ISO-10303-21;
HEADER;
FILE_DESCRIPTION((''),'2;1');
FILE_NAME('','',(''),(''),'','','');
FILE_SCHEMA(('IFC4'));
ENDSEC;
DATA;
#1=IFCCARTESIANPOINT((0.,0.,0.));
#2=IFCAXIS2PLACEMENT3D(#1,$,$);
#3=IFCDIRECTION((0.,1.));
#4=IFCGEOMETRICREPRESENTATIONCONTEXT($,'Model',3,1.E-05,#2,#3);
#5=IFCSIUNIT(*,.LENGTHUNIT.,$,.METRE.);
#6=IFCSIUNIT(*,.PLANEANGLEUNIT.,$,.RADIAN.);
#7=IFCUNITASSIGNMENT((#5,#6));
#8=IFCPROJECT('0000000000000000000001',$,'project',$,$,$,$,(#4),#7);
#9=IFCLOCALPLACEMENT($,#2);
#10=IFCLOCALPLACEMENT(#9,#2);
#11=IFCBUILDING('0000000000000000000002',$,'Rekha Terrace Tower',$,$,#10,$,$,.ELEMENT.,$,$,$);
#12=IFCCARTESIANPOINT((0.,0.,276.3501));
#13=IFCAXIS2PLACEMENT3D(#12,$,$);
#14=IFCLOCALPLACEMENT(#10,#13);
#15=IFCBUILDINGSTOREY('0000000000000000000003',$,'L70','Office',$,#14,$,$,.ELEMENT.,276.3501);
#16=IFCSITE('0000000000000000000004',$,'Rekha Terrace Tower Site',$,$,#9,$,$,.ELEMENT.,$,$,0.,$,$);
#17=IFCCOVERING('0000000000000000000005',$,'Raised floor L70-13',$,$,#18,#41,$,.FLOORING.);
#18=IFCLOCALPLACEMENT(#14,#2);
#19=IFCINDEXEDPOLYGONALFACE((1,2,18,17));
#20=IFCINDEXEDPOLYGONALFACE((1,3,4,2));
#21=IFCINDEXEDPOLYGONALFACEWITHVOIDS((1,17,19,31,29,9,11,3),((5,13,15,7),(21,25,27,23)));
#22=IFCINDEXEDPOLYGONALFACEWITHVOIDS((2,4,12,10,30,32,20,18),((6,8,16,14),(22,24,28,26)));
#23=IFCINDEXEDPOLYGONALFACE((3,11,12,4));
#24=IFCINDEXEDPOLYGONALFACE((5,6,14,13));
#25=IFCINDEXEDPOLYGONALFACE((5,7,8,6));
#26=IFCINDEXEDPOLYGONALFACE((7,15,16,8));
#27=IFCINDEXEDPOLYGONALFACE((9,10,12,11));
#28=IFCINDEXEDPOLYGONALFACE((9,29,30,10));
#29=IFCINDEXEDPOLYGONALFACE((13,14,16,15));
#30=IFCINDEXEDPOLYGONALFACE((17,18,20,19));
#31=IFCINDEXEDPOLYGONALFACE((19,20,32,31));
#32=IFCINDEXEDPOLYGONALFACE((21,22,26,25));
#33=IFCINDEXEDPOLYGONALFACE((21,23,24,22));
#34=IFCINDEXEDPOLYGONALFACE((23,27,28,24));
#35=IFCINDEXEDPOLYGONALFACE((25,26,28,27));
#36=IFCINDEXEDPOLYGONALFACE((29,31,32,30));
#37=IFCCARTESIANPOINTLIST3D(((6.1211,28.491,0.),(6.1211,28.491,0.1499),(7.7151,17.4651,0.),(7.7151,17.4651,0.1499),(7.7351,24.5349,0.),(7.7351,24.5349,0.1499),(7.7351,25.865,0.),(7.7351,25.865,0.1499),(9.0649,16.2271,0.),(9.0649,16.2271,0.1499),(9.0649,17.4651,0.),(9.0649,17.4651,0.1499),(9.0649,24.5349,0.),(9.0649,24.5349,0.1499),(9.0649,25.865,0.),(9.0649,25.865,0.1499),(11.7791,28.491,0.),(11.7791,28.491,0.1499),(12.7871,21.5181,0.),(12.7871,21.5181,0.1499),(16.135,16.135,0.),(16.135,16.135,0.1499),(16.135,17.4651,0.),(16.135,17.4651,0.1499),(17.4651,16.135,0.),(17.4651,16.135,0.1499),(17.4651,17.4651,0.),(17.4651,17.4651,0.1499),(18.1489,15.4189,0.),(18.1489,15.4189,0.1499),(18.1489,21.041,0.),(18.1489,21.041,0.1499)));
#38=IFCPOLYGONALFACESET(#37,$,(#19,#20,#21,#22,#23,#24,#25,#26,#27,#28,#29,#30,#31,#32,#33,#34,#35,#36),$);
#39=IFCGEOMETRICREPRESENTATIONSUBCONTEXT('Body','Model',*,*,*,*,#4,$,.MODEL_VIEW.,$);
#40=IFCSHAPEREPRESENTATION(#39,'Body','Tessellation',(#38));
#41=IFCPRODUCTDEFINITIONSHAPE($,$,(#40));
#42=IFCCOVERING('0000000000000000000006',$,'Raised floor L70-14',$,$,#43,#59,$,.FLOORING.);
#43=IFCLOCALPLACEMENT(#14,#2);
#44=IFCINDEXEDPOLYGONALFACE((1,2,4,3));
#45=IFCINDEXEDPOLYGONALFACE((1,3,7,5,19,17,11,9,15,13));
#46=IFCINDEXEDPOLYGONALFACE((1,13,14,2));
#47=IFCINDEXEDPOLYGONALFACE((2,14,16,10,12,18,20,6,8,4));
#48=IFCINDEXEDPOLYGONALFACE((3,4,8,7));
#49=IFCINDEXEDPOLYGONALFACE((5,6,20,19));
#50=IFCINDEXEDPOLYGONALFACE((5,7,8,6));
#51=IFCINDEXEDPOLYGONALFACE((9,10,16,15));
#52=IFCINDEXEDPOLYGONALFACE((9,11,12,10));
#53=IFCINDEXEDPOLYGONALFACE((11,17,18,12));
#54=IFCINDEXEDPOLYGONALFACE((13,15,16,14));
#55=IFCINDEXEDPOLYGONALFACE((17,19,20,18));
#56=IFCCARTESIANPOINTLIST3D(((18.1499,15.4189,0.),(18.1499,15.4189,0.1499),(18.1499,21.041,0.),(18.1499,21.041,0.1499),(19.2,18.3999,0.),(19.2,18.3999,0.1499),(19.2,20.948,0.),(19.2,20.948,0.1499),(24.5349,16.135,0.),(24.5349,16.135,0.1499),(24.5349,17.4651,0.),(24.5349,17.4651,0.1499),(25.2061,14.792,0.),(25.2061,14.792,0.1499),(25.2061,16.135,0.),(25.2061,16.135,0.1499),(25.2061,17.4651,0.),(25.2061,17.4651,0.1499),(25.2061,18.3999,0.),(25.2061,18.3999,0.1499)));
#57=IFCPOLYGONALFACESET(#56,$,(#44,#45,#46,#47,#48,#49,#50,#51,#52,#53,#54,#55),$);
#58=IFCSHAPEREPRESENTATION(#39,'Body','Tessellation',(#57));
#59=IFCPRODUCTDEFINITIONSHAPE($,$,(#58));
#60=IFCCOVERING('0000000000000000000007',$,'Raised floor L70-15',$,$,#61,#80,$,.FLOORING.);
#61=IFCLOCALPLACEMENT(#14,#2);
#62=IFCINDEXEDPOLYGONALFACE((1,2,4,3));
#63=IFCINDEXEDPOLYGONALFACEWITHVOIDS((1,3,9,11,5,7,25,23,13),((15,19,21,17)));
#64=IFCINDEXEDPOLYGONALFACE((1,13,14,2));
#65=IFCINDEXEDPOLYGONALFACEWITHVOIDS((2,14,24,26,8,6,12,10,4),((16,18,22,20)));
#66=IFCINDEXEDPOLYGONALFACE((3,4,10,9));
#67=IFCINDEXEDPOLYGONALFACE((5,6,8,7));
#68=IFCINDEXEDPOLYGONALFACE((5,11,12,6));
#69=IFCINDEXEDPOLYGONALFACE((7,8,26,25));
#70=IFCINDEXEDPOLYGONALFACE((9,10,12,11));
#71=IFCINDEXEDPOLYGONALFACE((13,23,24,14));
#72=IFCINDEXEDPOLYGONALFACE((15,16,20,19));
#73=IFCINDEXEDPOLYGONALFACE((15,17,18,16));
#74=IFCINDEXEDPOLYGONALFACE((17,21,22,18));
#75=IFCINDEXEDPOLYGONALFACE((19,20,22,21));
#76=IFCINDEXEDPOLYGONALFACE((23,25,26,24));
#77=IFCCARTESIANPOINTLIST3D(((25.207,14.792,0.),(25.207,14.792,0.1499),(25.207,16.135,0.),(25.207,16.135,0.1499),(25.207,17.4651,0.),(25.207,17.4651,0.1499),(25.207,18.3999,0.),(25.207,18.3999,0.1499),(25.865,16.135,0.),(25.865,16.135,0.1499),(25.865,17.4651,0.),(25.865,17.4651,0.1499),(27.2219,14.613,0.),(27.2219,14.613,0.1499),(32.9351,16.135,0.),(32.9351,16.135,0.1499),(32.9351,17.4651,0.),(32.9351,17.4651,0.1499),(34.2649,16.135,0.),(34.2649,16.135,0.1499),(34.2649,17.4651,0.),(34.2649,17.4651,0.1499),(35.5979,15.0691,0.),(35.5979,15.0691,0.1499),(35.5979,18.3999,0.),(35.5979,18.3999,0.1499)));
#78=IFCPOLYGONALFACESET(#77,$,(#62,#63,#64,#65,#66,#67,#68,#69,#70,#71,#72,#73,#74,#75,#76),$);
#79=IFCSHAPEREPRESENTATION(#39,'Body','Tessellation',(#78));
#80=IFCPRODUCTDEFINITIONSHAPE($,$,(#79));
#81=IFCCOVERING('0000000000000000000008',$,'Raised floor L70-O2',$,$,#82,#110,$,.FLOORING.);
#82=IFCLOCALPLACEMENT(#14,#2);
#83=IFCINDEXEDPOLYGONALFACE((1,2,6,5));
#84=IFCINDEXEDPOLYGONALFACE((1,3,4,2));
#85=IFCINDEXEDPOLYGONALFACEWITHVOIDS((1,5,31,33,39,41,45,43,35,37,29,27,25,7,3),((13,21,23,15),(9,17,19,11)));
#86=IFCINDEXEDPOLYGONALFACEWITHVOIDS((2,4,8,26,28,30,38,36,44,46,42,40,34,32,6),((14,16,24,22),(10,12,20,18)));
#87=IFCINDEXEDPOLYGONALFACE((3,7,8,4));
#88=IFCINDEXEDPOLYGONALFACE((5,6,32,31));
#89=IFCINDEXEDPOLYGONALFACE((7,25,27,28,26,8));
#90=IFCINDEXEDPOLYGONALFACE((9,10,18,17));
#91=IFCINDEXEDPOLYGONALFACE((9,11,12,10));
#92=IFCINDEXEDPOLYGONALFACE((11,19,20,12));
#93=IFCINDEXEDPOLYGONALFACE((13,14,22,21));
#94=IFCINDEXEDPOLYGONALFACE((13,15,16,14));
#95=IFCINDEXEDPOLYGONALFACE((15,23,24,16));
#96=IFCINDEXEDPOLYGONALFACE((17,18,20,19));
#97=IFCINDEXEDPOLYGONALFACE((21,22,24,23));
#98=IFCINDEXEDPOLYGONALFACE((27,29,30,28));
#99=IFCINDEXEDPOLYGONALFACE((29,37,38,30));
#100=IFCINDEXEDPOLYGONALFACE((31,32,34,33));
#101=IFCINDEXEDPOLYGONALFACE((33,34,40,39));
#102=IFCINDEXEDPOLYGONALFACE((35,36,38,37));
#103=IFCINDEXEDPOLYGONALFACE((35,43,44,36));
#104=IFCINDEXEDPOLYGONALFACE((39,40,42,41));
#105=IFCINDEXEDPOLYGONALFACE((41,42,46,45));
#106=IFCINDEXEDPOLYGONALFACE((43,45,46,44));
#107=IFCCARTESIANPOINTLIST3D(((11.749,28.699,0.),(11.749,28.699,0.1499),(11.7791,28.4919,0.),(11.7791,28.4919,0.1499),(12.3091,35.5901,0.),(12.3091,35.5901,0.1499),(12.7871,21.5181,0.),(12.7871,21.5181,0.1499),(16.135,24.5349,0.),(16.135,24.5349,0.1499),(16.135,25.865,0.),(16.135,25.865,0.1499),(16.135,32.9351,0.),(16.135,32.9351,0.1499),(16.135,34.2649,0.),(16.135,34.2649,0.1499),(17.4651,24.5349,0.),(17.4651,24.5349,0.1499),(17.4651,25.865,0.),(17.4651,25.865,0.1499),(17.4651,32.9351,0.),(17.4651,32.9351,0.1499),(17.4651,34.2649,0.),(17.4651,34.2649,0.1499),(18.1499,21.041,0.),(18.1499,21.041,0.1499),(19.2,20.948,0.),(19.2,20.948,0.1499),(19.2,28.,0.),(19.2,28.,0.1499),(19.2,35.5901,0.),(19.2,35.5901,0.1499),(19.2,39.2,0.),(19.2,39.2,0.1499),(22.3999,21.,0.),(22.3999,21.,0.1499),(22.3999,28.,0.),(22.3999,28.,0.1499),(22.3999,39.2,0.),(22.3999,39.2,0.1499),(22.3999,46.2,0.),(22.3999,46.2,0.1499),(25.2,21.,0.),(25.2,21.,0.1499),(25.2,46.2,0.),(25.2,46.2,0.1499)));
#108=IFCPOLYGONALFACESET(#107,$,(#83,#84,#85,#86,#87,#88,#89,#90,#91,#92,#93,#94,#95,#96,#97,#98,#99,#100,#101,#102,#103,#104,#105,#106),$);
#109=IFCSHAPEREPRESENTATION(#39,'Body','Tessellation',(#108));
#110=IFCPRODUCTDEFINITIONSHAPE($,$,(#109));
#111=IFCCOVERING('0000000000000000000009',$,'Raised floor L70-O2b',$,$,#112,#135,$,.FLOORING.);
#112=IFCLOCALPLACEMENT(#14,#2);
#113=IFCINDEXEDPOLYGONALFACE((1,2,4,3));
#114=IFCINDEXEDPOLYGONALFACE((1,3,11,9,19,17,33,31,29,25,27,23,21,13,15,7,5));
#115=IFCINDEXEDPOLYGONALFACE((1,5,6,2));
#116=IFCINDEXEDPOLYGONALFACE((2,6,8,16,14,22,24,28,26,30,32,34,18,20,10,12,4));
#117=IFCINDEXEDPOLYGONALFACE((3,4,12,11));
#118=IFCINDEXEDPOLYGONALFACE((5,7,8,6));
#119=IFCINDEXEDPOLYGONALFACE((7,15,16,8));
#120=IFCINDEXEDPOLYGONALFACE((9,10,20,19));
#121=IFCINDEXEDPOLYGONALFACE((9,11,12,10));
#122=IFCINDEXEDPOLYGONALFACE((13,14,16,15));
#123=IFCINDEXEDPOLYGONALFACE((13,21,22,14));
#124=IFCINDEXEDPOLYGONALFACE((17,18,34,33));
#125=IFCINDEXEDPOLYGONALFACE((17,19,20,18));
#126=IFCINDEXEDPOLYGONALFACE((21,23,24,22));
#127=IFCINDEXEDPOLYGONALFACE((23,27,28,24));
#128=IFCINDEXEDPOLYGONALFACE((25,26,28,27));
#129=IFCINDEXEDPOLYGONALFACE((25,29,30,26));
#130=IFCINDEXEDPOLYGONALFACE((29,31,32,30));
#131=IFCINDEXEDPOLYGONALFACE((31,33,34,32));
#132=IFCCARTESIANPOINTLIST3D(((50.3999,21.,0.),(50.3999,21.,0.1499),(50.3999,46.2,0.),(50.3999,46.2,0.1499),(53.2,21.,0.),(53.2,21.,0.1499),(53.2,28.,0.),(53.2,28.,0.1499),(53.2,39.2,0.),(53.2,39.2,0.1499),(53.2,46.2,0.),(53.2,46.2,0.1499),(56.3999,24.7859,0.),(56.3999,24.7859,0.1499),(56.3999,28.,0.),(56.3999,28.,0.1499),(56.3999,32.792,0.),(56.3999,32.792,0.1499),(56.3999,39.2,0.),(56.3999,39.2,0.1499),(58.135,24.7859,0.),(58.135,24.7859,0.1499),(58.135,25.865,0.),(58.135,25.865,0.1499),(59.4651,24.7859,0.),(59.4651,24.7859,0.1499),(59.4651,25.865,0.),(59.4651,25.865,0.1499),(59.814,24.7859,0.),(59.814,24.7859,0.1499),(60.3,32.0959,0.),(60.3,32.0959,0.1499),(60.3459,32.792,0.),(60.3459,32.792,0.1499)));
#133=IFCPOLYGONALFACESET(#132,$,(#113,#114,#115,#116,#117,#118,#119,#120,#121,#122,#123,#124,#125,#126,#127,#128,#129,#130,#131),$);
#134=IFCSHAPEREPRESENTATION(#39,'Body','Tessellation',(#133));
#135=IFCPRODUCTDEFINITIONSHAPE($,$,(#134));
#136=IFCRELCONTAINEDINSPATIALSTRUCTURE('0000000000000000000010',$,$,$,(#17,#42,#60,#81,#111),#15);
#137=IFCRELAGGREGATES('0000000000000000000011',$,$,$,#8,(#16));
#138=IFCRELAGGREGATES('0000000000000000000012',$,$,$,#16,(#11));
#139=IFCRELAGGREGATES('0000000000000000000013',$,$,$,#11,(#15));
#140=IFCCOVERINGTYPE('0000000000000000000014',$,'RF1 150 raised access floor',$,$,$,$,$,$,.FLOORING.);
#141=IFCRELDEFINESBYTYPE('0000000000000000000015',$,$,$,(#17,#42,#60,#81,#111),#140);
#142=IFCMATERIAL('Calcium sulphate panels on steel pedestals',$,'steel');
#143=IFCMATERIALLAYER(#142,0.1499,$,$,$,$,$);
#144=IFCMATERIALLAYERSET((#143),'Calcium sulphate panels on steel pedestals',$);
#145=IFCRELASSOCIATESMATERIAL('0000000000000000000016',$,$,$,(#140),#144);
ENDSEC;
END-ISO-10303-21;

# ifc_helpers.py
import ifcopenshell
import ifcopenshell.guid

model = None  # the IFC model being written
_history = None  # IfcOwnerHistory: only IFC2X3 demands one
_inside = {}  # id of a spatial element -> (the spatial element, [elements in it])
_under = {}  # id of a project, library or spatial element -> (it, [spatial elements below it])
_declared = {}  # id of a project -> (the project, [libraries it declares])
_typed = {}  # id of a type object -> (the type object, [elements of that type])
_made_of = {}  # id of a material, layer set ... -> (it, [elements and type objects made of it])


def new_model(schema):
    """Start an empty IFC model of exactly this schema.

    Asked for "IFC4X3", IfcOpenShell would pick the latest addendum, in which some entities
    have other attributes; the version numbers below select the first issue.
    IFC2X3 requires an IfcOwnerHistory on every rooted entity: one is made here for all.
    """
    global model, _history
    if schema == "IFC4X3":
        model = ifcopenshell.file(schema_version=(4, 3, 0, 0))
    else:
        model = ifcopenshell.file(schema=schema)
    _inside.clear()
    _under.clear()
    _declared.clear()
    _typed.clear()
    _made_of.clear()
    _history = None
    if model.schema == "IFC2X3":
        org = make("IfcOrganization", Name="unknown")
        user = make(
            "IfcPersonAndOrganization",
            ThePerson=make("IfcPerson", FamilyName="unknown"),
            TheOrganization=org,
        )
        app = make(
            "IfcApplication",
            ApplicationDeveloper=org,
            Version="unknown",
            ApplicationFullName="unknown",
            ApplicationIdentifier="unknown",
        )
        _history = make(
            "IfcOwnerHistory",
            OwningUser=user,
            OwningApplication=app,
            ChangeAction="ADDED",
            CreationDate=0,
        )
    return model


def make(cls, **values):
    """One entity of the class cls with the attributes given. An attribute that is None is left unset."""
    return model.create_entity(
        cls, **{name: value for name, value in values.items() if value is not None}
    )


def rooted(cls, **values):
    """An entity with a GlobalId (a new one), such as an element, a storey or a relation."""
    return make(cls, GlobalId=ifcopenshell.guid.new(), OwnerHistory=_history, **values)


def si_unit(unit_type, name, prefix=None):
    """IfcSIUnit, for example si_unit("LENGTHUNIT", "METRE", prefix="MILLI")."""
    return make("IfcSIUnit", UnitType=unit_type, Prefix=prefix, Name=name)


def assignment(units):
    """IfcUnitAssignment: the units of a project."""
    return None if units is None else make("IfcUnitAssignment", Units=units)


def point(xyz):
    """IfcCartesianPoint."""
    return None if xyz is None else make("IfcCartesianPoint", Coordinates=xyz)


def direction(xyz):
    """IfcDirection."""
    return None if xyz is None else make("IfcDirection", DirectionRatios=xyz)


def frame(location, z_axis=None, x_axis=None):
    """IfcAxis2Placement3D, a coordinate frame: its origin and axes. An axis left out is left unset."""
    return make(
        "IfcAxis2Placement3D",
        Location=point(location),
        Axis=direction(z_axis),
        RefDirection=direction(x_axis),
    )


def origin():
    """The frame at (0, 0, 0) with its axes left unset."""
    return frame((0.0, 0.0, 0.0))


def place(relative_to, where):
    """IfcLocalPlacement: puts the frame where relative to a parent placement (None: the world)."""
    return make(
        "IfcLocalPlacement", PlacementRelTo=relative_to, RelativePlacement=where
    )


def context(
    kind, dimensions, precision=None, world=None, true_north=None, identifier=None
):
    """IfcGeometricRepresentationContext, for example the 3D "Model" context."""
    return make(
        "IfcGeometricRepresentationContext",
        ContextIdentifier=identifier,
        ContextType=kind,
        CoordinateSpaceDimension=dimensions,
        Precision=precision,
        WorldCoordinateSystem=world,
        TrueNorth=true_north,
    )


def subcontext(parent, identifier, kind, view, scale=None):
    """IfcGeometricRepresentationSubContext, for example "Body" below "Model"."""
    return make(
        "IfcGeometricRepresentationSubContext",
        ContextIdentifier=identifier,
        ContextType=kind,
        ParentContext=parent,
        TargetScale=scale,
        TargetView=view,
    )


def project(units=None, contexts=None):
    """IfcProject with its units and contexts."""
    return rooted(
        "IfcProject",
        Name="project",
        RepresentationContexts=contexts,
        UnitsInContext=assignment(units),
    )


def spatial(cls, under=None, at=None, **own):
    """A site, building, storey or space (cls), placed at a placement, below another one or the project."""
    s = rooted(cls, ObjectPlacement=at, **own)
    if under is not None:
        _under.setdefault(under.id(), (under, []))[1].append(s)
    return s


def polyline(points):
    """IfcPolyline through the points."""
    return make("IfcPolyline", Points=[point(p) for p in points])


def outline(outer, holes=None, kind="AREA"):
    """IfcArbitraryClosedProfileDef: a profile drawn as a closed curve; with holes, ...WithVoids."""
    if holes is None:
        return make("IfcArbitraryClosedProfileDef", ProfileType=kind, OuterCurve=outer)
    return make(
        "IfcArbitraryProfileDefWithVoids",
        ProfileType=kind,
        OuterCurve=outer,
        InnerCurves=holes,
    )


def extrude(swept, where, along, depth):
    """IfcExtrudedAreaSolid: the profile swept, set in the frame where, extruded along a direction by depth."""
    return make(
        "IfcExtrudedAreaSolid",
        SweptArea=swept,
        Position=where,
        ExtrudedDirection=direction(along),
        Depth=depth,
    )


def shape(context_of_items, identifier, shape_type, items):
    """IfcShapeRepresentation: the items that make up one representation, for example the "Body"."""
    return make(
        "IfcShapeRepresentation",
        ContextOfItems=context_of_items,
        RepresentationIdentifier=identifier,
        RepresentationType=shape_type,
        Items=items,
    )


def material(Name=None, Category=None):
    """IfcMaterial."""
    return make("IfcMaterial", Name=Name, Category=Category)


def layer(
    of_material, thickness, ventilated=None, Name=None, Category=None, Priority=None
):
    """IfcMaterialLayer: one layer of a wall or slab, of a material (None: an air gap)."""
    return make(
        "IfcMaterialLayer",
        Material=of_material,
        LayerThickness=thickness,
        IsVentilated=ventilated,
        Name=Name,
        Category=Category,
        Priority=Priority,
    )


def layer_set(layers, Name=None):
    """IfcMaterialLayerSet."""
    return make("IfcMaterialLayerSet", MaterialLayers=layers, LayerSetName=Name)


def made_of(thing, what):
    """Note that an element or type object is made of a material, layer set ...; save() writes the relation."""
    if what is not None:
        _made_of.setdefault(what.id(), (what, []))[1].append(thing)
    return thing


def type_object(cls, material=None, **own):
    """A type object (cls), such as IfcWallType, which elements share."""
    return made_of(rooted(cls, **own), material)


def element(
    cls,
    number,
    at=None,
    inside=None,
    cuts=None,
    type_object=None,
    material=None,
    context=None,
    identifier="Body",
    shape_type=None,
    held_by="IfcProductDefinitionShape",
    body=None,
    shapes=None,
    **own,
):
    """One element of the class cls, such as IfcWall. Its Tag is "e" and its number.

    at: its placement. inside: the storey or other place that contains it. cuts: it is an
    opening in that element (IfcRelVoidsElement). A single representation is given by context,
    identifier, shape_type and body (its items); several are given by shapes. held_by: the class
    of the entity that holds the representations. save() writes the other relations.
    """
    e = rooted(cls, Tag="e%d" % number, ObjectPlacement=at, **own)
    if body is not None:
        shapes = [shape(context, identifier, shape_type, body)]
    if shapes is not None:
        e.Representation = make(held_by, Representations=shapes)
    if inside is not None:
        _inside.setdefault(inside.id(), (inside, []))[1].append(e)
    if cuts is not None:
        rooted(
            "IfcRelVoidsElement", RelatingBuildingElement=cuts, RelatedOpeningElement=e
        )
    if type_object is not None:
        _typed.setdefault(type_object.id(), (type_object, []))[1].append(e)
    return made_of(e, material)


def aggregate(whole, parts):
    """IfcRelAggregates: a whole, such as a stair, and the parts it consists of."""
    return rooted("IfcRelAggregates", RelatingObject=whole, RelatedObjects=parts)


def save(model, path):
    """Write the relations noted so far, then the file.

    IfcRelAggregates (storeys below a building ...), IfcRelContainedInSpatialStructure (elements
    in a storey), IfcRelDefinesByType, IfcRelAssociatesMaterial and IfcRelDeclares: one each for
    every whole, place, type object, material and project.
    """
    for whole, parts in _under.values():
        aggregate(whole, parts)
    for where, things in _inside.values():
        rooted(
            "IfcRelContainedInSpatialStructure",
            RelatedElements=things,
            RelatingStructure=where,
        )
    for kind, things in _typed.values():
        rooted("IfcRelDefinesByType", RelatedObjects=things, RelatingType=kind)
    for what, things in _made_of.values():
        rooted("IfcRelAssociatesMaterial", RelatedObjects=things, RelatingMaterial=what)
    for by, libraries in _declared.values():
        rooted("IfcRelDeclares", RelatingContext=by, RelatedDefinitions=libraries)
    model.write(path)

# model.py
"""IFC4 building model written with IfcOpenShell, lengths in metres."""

from ifc_helpers import new_model, si_unit, direction, frame, origin, place, context, subcontext, project, spatial, polyline, outline, extrude, material, layer, layer_set, type_object, element, save


model = new_model("IFC4")

# Units and contexts
model_context = context("Model", 3, precision=1e-05, world=origin(), true_north=direction((0.0, 1.0)))
body_context = subcontext(model_context, "Body", "Model", "MODEL_VIEW")
ifc_project = project(units=[si_unit("LENGTHUNIT", "METRE"), si_unit("PLANEANGLEUNIT", "RADIAN")], contexts=[model_context])

# Site, building, storey
site_placement = place(None, origin())
site = spatial("IfcSite", under=ifc_project, at=site_placement, Name="Rekha Terrace Tower Site", CompositionType="ELEMENT", RefElevation=0.0)
building_placement = place(site_placement, origin())
building = spatial("IfcBuilding", under=site, at=building_placement, Name="Rekha Terrace Tower", CompositionType="ELEMENT")
storey_placement = place(building_placement, frame((0.0, 0.0, 276.3501)))
storey = spatial("IfcBuildingStorey", under=building, at=storey_placement, Name="L70", Description="Office", CompositionType="ELEMENT", Elevation=276.3501)

# Coverings
ifc_material_1 = material(Name="Calcium sulphate panels on steel pedestals", Category="steel")
ifc_layer_1 = layer(ifc_material_1, 0.1499)
ifc_layer_set_1 = layer_set([ifc_layer_1], Name="Calcium sulphate panels on steel pedestals")
covering_type_1 = type_object("IfcCoveringType", Name="RF1 150 raised access floor", PredefinedType="FLOORING", material=ifc_layer_set_1)
covering_1_placement = place(storey_placement, origin())
element("IfcCovering", 1, at=covering_1_placement, inside=storey, type_object=covering_type_1, Name="Raised floor L70-13", PredefinedType="FLOORING", context=body_context, shape_type="SweptSolid", body=[
    extrude(outline(polyline([(6.1211, 28.491), (7.7151, 17.4651), (9.0649, 17.4651), (9.0649, 16.2271), (18.1489, 15.4189), (18.1489, 21.041), (12.7871, 21.5181), (11.7791, 28.491), (6.1211, 28.491)]), holes=[polyline([(17.4651, 17.4651), (17.4651, 16.135), (16.135, 16.135), (16.135, 17.4651), (17.4651, 17.4651)]), polyline([(9.0649, 25.865), (9.0649, 24.5349), (7.7351, 24.5349), (7.7351, 25.865), (9.0649, 25.865)])]), origin(), (0.0, 0.0, 1.0), 0.1499),
])
covering_2_placement = place(storey_placement, origin())
element("IfcCovering", 2, at=covering_2_placement, inside=storey, type_object=covering_type_1, Name="Raised floor L70-14", PredefinedType="FLOORING", context=body_context, shape_type="SweptSolid", body=[
    extrude(outline(polyline([(19.2, 18.3999), (19.2, 20.948), (18.1499, 21.041), (18.1499, 15.4189), (25.2061, 14.792), (25.2061, 16.135), (24.5349, 16.135), (24.5349, 17.4651), (25.2061, 17.4651), (25.2061, 18.3999), (19.2, 18.3999)])), origin(), (0.0, 0.0, 1.0), 0.1499),
])
covering_3_placement = place(storey_placement, origin())
element("IfcCovering", 3, at=covering_3_placement, inside=storey, type_object=covering_type_1, Name="Raised floor L70-15", PredefinedType="FLOORING", context=body_context, shape_type="SweptSolid", body=[
    extrude(outline(polyline([(35.5979, 15.0691), (35.5979, 18.3999), (25.207, 18.3999), (25.207, 17.4651), (25.865, 17.4651), (25.865, 16.135), (25.207, 16.135), (25.207, 14.792), (27.2219, 14.613), (35.5979, 15.0691)]), holes=[polyline([(34.2649, 16.135), (32.9351, 16.135), (32.9351, 17.4651), (34.2649, 17.4651), (34.2649, 16.135)])]), origin(), (0.0, 0.0, 1.0), 0.1499),
])
covering_4_placement = place(storey_placement, origin())
element("IfcCovering", 4, at=covering_4_placement, inside=storey, type_object=covering_type_1, Name="Raised floor L70-O2", PredefinedType="FLOORING", context=body_context, shape_type="SweptSolid", body=[
    extrude(outline(polyline([(11.749, 28.699), (11.7791, 28.4919), (12.7871, 21.5181), (18.1499, 21.041), (19.2, 20.948), (19.2, 28.0), (22.3999, 28.0), (22.3999, 21.0), (25.2, 21.0), (25.2, 46.2), (22.3999, 46.2), (22.3999, 39.2), (19.2, 39.2), (19.2, 35.5901), (12.3091, 35.5901), (11.749, 28.699)]), holes=[polyline([(17.4651, 25.865), (17.4651, 24.5349), (16.135, 24.5349), (16.135, 25.865), (17.4651, 25.865)]), polyline([(17.4651, 34.2649), (17.4651, 32.9351), (16.135, 32.9351), (16.135, 34.2649), (17.4651, 34.2649)])]), origin(), (0.0, 0.0, 1.0), 0.1499),
])
covering_5_placement = place(storey_placement, origin())
element("IfcCovering", 5, at=covering_5_placement, inside=storey, type_object=covering_type_1, Name="Raised floor L70-O2b", PredefinedType="FLOORING", context=body_context, shape_type="SweptSolid", body=[
    extrude(outline(polyline([(50.3999, 21.0), (53.2, 21.0), (53.2, 28.0), (56.3999, 28.0), (56.3999, 24.7859), (58.135, 24.7859), (58.135, 25.865), (59.4651, 25.865), (59.4651, 24.7859), (59.814, 24.7859), (60.3, 32.0959), (60.3459, 32.792), (56.3999, 32.792), (56.3999, 39.2), (53.2, 39.2), (53.2, 46.2), (50.3999, 46.2), (50.3999, 21.0)])), origin(), (0.0, 0.0, 1.0), 0.1499),
])

save(model, "model.ifc")
